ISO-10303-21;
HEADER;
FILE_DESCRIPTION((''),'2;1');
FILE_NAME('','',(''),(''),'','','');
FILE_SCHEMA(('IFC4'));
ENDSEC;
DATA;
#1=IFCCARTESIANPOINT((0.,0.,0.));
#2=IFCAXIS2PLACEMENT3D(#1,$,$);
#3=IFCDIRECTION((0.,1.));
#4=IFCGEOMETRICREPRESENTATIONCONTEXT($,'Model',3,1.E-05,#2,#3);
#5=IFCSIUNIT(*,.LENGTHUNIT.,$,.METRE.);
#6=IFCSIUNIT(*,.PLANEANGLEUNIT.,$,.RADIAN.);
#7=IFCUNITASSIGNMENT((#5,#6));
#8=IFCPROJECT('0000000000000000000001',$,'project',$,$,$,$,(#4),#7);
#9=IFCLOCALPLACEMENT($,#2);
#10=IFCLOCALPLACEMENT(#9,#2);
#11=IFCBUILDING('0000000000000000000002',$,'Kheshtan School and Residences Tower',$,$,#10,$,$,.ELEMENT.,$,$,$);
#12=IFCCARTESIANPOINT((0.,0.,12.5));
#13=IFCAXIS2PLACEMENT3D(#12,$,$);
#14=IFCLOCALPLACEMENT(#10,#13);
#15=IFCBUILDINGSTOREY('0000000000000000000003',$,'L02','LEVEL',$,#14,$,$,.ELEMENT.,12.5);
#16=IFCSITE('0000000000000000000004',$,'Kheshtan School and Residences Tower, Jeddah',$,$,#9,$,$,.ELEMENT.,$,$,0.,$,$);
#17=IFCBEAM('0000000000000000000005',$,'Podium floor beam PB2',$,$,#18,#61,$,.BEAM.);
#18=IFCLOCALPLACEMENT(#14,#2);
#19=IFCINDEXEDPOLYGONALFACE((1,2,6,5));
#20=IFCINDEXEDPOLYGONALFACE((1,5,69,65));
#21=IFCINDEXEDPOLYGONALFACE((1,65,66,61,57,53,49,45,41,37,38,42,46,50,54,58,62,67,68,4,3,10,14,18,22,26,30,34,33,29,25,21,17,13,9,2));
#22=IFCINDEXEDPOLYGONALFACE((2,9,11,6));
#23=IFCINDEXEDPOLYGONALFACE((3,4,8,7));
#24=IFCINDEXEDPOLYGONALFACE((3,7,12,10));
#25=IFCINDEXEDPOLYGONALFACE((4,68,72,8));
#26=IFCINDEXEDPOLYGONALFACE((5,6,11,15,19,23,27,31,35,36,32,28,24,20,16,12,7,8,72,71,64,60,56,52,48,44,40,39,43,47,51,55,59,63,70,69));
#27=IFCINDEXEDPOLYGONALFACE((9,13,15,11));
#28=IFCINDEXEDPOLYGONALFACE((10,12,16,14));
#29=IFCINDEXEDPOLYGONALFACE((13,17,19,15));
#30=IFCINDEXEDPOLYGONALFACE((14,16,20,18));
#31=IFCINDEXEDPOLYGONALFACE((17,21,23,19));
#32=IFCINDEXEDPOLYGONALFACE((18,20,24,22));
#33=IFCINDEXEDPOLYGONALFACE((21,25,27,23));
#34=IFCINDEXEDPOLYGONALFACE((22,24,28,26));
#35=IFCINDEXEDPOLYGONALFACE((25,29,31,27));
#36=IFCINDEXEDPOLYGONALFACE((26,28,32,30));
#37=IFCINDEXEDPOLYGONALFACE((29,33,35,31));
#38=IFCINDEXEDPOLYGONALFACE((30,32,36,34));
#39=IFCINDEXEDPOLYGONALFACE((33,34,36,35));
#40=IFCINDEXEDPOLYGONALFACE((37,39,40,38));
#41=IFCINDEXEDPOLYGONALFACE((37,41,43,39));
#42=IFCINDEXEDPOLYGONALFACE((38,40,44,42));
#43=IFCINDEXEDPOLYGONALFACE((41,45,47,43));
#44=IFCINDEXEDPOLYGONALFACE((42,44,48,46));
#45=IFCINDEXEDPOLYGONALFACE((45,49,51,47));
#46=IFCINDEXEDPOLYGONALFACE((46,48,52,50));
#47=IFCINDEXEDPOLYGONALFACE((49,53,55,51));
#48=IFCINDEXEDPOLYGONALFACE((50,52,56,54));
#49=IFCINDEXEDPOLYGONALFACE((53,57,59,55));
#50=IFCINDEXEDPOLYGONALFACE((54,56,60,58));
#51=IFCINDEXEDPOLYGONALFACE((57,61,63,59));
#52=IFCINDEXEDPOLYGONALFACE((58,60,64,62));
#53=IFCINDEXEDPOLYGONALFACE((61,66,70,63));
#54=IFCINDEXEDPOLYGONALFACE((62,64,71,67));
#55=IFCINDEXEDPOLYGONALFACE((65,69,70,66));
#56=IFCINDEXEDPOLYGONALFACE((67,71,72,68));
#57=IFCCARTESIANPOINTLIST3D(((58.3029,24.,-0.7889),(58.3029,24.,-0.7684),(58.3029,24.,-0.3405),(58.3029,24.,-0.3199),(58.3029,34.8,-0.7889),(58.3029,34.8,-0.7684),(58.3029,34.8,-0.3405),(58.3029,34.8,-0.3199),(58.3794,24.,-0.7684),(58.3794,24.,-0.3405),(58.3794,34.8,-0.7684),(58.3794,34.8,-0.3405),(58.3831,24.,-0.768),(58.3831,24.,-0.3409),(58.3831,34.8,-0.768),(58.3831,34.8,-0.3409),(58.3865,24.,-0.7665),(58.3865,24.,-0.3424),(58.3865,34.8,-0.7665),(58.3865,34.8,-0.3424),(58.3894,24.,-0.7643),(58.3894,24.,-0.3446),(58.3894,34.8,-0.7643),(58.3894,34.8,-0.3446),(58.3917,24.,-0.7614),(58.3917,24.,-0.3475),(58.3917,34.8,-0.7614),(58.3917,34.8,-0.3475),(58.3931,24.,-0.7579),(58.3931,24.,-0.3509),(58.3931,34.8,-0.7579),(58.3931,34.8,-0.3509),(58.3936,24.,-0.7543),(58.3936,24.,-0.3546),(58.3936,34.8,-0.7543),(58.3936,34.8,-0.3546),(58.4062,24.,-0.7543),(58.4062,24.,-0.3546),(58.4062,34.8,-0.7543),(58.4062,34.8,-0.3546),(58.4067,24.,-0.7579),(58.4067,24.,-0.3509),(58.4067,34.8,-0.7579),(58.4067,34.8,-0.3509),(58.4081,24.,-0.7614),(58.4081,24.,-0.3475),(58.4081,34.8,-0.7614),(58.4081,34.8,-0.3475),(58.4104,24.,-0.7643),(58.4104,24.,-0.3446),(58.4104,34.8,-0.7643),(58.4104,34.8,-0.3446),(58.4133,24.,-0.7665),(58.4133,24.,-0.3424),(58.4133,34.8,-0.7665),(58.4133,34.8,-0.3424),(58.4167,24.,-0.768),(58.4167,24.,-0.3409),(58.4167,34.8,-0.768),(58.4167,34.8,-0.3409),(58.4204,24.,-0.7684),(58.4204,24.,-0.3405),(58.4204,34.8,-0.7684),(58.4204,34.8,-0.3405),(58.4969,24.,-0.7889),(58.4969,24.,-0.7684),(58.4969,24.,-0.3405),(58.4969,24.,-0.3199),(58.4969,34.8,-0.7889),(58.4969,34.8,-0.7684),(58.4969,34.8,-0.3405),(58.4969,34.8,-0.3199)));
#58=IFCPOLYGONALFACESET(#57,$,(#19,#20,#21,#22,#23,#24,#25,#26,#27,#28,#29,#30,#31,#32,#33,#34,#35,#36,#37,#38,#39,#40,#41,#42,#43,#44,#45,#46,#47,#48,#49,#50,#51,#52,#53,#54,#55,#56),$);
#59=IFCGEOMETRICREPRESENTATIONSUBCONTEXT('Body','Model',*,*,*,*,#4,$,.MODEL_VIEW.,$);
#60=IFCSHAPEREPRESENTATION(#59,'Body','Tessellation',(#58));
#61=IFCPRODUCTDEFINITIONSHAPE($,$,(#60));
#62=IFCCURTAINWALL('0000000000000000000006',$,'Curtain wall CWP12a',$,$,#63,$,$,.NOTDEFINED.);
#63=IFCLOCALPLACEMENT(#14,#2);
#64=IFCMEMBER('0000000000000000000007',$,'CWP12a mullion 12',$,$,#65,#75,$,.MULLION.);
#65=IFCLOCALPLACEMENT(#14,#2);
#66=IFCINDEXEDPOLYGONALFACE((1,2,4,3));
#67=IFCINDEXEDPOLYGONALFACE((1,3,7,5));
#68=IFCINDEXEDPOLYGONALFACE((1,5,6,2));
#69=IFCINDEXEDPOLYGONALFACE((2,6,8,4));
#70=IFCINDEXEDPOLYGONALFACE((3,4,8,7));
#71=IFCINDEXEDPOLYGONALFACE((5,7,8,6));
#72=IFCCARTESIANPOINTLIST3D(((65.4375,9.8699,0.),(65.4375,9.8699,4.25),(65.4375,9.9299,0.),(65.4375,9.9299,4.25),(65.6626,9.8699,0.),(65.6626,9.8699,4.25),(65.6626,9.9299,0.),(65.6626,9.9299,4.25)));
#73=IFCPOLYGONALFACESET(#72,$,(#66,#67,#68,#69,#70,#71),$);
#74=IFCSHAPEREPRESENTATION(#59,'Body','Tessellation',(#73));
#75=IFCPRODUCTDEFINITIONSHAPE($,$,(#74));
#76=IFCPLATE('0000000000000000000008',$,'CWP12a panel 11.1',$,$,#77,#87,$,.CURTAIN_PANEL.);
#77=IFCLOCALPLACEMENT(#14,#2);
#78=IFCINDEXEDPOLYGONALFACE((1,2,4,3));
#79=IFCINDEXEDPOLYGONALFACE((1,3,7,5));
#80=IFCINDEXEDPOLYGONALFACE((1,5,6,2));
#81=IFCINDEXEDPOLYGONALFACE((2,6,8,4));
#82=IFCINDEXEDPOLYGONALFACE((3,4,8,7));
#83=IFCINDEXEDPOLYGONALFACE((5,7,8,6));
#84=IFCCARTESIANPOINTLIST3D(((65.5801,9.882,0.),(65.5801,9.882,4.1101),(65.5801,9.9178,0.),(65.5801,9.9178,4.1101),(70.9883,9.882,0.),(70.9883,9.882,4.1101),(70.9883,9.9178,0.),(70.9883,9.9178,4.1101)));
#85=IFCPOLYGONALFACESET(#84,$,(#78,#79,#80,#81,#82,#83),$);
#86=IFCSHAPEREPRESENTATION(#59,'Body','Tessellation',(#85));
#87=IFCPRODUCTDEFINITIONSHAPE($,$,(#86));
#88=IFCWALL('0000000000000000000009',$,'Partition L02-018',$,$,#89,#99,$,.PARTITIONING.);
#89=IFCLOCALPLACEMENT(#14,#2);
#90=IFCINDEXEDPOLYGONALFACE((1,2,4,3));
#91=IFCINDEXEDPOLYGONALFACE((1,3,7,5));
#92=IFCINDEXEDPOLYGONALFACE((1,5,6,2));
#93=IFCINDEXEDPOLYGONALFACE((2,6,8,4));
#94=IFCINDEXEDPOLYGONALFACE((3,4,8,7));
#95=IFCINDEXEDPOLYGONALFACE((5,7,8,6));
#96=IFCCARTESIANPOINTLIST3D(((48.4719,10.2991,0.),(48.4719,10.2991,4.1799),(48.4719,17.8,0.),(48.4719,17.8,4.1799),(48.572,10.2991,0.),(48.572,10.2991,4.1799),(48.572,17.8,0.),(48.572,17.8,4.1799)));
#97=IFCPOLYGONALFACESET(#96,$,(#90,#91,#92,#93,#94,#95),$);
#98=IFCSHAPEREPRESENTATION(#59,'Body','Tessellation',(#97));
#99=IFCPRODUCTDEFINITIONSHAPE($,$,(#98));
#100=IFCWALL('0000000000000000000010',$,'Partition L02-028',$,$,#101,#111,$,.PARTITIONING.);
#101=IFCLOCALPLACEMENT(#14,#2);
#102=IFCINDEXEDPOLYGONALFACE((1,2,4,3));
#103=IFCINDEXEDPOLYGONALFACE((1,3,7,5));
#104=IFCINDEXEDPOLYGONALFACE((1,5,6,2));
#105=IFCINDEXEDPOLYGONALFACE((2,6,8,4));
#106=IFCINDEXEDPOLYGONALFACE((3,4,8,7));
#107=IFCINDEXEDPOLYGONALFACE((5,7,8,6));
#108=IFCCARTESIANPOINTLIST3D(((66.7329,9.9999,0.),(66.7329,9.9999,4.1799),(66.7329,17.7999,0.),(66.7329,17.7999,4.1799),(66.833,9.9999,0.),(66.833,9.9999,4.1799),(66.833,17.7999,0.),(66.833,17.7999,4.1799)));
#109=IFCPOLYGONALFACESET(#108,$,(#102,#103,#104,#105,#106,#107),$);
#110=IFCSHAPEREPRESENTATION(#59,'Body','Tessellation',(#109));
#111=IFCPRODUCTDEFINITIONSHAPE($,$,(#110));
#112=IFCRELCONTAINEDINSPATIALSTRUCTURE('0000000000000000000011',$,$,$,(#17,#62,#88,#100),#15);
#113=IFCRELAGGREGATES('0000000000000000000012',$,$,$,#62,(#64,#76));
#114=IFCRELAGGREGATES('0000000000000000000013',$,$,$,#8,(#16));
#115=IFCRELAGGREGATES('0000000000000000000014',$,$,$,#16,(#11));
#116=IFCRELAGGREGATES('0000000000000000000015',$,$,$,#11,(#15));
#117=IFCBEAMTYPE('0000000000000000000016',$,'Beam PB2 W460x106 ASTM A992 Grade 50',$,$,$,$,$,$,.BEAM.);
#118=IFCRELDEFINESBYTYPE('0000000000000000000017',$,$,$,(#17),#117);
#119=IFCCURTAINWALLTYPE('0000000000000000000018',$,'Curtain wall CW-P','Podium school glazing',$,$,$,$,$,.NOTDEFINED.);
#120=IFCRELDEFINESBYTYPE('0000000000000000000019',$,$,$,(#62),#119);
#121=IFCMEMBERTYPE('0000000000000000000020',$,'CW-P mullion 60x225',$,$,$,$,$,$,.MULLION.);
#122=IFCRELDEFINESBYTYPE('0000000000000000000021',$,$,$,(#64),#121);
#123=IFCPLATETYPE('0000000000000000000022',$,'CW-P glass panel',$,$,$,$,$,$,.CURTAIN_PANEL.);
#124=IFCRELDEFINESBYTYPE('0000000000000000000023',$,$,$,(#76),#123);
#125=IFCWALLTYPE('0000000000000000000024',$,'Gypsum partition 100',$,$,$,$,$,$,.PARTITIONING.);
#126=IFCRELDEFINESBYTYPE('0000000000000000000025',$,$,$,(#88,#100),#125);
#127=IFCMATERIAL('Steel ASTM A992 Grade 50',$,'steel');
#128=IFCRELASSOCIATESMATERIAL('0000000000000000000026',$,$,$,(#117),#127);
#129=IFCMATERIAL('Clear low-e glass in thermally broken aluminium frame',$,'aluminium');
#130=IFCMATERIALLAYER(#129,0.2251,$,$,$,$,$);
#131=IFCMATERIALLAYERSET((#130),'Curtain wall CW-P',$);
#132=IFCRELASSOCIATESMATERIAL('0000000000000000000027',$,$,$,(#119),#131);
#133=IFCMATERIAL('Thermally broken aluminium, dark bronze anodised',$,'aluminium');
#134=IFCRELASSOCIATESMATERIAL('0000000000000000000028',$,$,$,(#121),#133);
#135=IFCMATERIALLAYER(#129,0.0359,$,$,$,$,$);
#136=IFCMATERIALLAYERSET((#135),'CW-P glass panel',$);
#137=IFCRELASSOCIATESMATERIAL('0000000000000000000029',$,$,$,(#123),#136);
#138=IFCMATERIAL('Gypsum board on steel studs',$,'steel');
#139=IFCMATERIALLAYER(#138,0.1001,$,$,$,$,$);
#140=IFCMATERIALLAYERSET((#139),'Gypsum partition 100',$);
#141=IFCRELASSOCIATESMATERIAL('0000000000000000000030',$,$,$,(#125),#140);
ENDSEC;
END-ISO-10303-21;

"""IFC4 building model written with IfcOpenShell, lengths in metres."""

from ifc_helpers import new_model, si_unit, direction, frame, frame_2d, origin, origin_2d, place, context, subcontext, project, spatial, rectangle, i_section, extrude, material, layer, layer_set, material_profile, profile_set, type_object, element, aggregate, save


model = new_model("IFC4")

# Units and contexts
model_context = context("Model", 3, precision=1e-05, world=origin(), true_north=direction((0.0, 1.0)))
body_context = subcontext(model_context, "Body", "Model", "MODEL_VIEW")
ifc_project = project(units=[si_unit("LENGTHUNIT", "METRE"), si_unit("PLANEANGLEUNIT", "RADIAN")], contexts=[model_context])

# Site, building, storey
site_placement = place(None, origin())
site = spatial("IfcSite", under=ifc_project, at=site_placement, Name="Kheshtan School and Residences Tower, Jeddah", CompositionType="ELEMENT", RefElevation=0.0)
building_placement = place(site_placement, origin())
building = spatial("IfcBuilding", under=site, at=building_placement, Name="Kheshtan School and Residences Tower", CompositionType="ELEMENT")
storey_placement = place(building_placement, frame((0.0, 0.0, 12.5)))
storey = spatial("IfcBuildingStorey", under=building, at=storey_placement, Name="L02", Description="LEVEL", CompositionType="ELEMENT", Elevation=12.5)

# Shared definitions
ifc_material_1 = material(Name="Steel ASTM A992 Grade 50", Category="steel")

# Beam
ifc_material_profile_1 = material_profile(ifc_material_1, i_section(OverallWidth=0.1941, OverallDepth=0.469, WebThickness=0.0127, FlangeThickness=0.0205, FilletRadius=0.0142, at=origin_2d()), Name="W460x106")
ifc_profile_set_1 = profile_set([ifc_material_profile_1], Name="Steel ASTM A992 Grade 50")
beam_type_1 = type_object("IfcBeamType", Name="Beam PB2 W460x106 ASTM A992 Grade 50", PredefinedType="BEAM", material=ifc_profile_set_1)
beam_1_placement = place(storey_placement, frame((58.3999, 24.0, -0.5544), z_axis=(0.0, 1.0, 0.0), x_axis=(-1.0, 0.0, 0.0)))
element("IfcBeam", 1, at=beam_1_placement, inside=storey, type_object=beam_type_1, Name="Podium floor beam PB2", PredefinedType="BEAM", context=body_context, shape_type="SweptSolid", body=[
    extrude(i_section(OverallWidth=0.1941, OverallDepth=0.469, WebThickness=0.0127, FlangeThickness=0.0205, FilletRadius=0.0142, at=origin_2d()), origin(), (0.0, 0.0, 1.0), 10.8),
])

# Curtain wall, member, plate
ifc_material_2 = material(Name="Clear low-e glass in thermally broken aluminium frame", Category="aluminium")
ifc_layer_1 = layer(ifc_material_2, 0.2251)
ifc_layer_set_1 = layer_set([ifc_layer_1], Name="Curtain wall CW-P")
curtain_wall_type = type_object("IfcCurtainWallType", Name="Curtain wall CW-P", Description="Podium school glazing", PredefinedType="NOTDEFINED", material=ifc_layer_set_1)
curtain_wall_placement = place(storey_placement, origin())
curtain_wall = element("IfcCurtainWall", 2, at=curtain_wall_placement, inside=storey, type_object=curtain_wall_type, Name="Curtain wall CWP12a", PredefinedType="NOTDEFINED")
ifc_material_3 = material(Name="Thermally broken aluminium, dark bronze anodised", Category="aluminium")
ifc_material_profile_2 = material_profile(ifc_material_3, rectangle(XDim=0.0601, YDim=0.2251, at=origin_2d()), Name="CW-P mullion 60x225")
ifc_profile_set_2 = profile_set([ifc_material_profile_2], Name="Thermally broken aluminium, dark bronze anodised")
member_type = type_object("IfcMemberType", Name="CW-P mullion 60x225", PredefinedType="MULLION", material=ifc_profile_set_2)
member_placement = place(storey_placement, frame((65.55, 9.8999, 0.0), z_axis=(0.0, 0.0, 1.0), x_axis=(0.0, -1.0, 0.0)))
member = element("IfcMember", 3, at=member_placement, type_object=member_type, Name="CWP12a mullion 12", PredefinedType="MULLION", context=body_context, shape_type="SweptSolid", body=[
    extrude(rectangle(XDim=0.0601, YDim=0.2251, at=origin_2d()), origin(), (0.0, 0.0, 1.0), 4.25),
])
ifc_layer_2 = layer(ifc_material_2, 0.0359)
ifc_layer_set_2 = layer_set([ifc_layer_2], Name="CW-P glass panel")
plate_type = type_object("IfcPlateType", Name="CW-P glass panel", PredefinedType="CURTAIN_PANEL", material=ifc_layer_set_2)
plate_placement = place(storey_placement, frame((68.2842, 9.8999, 0.0), z_axis=(0.0, 0.0, 1.0), x_axis=(-1.0, 0.0, 0.0)))
plate = element("IfcPlate", 4, at=plate_placement, type_object=plate_type, Name="CWP12a panel 11.1", PredefinedType="CURTAIN_PANEL", context=body_context, shape_type="SweptSolid", body=[
    extrude(rectangle(XDim=5.4082, YDim=0.0359, at=origin_2d()), origin(), (0.0, 0.0, 1.0), 4.1101),
])
aggregate(curtain_wall, [member, plate])

# Walls
ifc_material_4 = material(Name="Gypsum board on steel studs", Category="steel")
ifc_layer_3 = layer(ifc_material_4, 0.1001)
ifc_layer_set_3 = layer_set([ifc_layer_3], Name="Gypsum partition 100")
wall_type_1 = type_object("IfcWallType", Name="Gypsum partition 100", PredefinedType="PARTITIONING", material=ifc_layer_set_3)
wall_1_placement = place(storey_placement, frame((48.522, 10.2991, 0.0), z_axis=(0.0, 0.0, 1.0), x_axis=(0.0, 1.0, 0.0)))
element("IfcWall", 5, at=wall_1_placement, inside=storey, type_object=wall_type_1, Name="Partition L02-018", PredefinedType="PARTITIONING", context=body_context, shape_type="SweptSolid", body=[
    extrude(rectangle(XDim=7.501, YDim=0.1001, at=frame_2d((3.7505, 0.0))), origin(), (0.0, 0.0, 1.0), 4.1799),
])
wall_2_placement = place(storey_placement, frame((66.783, 10.0, 0.0), z_axis=(0.0, 0.0, 1.0), x_axis=(0.0, 1.0, 0.0)))
element("IfcWall", 6, at=wall_2_placement, inside=storey, type_object=wall_type_1, Name="Partition L02-028", PredefinedType="PARTITIONING", context=body_context, shape_type="SweptSolid", body=[
    extrude(rectangle(XDim=7.8, YDim=0.1001, at=frame_2d((3.8999, 0.0))), origin(), (0.0, 0.0, 1.0), 4.1799),
])

save(model, "model.ifc")
